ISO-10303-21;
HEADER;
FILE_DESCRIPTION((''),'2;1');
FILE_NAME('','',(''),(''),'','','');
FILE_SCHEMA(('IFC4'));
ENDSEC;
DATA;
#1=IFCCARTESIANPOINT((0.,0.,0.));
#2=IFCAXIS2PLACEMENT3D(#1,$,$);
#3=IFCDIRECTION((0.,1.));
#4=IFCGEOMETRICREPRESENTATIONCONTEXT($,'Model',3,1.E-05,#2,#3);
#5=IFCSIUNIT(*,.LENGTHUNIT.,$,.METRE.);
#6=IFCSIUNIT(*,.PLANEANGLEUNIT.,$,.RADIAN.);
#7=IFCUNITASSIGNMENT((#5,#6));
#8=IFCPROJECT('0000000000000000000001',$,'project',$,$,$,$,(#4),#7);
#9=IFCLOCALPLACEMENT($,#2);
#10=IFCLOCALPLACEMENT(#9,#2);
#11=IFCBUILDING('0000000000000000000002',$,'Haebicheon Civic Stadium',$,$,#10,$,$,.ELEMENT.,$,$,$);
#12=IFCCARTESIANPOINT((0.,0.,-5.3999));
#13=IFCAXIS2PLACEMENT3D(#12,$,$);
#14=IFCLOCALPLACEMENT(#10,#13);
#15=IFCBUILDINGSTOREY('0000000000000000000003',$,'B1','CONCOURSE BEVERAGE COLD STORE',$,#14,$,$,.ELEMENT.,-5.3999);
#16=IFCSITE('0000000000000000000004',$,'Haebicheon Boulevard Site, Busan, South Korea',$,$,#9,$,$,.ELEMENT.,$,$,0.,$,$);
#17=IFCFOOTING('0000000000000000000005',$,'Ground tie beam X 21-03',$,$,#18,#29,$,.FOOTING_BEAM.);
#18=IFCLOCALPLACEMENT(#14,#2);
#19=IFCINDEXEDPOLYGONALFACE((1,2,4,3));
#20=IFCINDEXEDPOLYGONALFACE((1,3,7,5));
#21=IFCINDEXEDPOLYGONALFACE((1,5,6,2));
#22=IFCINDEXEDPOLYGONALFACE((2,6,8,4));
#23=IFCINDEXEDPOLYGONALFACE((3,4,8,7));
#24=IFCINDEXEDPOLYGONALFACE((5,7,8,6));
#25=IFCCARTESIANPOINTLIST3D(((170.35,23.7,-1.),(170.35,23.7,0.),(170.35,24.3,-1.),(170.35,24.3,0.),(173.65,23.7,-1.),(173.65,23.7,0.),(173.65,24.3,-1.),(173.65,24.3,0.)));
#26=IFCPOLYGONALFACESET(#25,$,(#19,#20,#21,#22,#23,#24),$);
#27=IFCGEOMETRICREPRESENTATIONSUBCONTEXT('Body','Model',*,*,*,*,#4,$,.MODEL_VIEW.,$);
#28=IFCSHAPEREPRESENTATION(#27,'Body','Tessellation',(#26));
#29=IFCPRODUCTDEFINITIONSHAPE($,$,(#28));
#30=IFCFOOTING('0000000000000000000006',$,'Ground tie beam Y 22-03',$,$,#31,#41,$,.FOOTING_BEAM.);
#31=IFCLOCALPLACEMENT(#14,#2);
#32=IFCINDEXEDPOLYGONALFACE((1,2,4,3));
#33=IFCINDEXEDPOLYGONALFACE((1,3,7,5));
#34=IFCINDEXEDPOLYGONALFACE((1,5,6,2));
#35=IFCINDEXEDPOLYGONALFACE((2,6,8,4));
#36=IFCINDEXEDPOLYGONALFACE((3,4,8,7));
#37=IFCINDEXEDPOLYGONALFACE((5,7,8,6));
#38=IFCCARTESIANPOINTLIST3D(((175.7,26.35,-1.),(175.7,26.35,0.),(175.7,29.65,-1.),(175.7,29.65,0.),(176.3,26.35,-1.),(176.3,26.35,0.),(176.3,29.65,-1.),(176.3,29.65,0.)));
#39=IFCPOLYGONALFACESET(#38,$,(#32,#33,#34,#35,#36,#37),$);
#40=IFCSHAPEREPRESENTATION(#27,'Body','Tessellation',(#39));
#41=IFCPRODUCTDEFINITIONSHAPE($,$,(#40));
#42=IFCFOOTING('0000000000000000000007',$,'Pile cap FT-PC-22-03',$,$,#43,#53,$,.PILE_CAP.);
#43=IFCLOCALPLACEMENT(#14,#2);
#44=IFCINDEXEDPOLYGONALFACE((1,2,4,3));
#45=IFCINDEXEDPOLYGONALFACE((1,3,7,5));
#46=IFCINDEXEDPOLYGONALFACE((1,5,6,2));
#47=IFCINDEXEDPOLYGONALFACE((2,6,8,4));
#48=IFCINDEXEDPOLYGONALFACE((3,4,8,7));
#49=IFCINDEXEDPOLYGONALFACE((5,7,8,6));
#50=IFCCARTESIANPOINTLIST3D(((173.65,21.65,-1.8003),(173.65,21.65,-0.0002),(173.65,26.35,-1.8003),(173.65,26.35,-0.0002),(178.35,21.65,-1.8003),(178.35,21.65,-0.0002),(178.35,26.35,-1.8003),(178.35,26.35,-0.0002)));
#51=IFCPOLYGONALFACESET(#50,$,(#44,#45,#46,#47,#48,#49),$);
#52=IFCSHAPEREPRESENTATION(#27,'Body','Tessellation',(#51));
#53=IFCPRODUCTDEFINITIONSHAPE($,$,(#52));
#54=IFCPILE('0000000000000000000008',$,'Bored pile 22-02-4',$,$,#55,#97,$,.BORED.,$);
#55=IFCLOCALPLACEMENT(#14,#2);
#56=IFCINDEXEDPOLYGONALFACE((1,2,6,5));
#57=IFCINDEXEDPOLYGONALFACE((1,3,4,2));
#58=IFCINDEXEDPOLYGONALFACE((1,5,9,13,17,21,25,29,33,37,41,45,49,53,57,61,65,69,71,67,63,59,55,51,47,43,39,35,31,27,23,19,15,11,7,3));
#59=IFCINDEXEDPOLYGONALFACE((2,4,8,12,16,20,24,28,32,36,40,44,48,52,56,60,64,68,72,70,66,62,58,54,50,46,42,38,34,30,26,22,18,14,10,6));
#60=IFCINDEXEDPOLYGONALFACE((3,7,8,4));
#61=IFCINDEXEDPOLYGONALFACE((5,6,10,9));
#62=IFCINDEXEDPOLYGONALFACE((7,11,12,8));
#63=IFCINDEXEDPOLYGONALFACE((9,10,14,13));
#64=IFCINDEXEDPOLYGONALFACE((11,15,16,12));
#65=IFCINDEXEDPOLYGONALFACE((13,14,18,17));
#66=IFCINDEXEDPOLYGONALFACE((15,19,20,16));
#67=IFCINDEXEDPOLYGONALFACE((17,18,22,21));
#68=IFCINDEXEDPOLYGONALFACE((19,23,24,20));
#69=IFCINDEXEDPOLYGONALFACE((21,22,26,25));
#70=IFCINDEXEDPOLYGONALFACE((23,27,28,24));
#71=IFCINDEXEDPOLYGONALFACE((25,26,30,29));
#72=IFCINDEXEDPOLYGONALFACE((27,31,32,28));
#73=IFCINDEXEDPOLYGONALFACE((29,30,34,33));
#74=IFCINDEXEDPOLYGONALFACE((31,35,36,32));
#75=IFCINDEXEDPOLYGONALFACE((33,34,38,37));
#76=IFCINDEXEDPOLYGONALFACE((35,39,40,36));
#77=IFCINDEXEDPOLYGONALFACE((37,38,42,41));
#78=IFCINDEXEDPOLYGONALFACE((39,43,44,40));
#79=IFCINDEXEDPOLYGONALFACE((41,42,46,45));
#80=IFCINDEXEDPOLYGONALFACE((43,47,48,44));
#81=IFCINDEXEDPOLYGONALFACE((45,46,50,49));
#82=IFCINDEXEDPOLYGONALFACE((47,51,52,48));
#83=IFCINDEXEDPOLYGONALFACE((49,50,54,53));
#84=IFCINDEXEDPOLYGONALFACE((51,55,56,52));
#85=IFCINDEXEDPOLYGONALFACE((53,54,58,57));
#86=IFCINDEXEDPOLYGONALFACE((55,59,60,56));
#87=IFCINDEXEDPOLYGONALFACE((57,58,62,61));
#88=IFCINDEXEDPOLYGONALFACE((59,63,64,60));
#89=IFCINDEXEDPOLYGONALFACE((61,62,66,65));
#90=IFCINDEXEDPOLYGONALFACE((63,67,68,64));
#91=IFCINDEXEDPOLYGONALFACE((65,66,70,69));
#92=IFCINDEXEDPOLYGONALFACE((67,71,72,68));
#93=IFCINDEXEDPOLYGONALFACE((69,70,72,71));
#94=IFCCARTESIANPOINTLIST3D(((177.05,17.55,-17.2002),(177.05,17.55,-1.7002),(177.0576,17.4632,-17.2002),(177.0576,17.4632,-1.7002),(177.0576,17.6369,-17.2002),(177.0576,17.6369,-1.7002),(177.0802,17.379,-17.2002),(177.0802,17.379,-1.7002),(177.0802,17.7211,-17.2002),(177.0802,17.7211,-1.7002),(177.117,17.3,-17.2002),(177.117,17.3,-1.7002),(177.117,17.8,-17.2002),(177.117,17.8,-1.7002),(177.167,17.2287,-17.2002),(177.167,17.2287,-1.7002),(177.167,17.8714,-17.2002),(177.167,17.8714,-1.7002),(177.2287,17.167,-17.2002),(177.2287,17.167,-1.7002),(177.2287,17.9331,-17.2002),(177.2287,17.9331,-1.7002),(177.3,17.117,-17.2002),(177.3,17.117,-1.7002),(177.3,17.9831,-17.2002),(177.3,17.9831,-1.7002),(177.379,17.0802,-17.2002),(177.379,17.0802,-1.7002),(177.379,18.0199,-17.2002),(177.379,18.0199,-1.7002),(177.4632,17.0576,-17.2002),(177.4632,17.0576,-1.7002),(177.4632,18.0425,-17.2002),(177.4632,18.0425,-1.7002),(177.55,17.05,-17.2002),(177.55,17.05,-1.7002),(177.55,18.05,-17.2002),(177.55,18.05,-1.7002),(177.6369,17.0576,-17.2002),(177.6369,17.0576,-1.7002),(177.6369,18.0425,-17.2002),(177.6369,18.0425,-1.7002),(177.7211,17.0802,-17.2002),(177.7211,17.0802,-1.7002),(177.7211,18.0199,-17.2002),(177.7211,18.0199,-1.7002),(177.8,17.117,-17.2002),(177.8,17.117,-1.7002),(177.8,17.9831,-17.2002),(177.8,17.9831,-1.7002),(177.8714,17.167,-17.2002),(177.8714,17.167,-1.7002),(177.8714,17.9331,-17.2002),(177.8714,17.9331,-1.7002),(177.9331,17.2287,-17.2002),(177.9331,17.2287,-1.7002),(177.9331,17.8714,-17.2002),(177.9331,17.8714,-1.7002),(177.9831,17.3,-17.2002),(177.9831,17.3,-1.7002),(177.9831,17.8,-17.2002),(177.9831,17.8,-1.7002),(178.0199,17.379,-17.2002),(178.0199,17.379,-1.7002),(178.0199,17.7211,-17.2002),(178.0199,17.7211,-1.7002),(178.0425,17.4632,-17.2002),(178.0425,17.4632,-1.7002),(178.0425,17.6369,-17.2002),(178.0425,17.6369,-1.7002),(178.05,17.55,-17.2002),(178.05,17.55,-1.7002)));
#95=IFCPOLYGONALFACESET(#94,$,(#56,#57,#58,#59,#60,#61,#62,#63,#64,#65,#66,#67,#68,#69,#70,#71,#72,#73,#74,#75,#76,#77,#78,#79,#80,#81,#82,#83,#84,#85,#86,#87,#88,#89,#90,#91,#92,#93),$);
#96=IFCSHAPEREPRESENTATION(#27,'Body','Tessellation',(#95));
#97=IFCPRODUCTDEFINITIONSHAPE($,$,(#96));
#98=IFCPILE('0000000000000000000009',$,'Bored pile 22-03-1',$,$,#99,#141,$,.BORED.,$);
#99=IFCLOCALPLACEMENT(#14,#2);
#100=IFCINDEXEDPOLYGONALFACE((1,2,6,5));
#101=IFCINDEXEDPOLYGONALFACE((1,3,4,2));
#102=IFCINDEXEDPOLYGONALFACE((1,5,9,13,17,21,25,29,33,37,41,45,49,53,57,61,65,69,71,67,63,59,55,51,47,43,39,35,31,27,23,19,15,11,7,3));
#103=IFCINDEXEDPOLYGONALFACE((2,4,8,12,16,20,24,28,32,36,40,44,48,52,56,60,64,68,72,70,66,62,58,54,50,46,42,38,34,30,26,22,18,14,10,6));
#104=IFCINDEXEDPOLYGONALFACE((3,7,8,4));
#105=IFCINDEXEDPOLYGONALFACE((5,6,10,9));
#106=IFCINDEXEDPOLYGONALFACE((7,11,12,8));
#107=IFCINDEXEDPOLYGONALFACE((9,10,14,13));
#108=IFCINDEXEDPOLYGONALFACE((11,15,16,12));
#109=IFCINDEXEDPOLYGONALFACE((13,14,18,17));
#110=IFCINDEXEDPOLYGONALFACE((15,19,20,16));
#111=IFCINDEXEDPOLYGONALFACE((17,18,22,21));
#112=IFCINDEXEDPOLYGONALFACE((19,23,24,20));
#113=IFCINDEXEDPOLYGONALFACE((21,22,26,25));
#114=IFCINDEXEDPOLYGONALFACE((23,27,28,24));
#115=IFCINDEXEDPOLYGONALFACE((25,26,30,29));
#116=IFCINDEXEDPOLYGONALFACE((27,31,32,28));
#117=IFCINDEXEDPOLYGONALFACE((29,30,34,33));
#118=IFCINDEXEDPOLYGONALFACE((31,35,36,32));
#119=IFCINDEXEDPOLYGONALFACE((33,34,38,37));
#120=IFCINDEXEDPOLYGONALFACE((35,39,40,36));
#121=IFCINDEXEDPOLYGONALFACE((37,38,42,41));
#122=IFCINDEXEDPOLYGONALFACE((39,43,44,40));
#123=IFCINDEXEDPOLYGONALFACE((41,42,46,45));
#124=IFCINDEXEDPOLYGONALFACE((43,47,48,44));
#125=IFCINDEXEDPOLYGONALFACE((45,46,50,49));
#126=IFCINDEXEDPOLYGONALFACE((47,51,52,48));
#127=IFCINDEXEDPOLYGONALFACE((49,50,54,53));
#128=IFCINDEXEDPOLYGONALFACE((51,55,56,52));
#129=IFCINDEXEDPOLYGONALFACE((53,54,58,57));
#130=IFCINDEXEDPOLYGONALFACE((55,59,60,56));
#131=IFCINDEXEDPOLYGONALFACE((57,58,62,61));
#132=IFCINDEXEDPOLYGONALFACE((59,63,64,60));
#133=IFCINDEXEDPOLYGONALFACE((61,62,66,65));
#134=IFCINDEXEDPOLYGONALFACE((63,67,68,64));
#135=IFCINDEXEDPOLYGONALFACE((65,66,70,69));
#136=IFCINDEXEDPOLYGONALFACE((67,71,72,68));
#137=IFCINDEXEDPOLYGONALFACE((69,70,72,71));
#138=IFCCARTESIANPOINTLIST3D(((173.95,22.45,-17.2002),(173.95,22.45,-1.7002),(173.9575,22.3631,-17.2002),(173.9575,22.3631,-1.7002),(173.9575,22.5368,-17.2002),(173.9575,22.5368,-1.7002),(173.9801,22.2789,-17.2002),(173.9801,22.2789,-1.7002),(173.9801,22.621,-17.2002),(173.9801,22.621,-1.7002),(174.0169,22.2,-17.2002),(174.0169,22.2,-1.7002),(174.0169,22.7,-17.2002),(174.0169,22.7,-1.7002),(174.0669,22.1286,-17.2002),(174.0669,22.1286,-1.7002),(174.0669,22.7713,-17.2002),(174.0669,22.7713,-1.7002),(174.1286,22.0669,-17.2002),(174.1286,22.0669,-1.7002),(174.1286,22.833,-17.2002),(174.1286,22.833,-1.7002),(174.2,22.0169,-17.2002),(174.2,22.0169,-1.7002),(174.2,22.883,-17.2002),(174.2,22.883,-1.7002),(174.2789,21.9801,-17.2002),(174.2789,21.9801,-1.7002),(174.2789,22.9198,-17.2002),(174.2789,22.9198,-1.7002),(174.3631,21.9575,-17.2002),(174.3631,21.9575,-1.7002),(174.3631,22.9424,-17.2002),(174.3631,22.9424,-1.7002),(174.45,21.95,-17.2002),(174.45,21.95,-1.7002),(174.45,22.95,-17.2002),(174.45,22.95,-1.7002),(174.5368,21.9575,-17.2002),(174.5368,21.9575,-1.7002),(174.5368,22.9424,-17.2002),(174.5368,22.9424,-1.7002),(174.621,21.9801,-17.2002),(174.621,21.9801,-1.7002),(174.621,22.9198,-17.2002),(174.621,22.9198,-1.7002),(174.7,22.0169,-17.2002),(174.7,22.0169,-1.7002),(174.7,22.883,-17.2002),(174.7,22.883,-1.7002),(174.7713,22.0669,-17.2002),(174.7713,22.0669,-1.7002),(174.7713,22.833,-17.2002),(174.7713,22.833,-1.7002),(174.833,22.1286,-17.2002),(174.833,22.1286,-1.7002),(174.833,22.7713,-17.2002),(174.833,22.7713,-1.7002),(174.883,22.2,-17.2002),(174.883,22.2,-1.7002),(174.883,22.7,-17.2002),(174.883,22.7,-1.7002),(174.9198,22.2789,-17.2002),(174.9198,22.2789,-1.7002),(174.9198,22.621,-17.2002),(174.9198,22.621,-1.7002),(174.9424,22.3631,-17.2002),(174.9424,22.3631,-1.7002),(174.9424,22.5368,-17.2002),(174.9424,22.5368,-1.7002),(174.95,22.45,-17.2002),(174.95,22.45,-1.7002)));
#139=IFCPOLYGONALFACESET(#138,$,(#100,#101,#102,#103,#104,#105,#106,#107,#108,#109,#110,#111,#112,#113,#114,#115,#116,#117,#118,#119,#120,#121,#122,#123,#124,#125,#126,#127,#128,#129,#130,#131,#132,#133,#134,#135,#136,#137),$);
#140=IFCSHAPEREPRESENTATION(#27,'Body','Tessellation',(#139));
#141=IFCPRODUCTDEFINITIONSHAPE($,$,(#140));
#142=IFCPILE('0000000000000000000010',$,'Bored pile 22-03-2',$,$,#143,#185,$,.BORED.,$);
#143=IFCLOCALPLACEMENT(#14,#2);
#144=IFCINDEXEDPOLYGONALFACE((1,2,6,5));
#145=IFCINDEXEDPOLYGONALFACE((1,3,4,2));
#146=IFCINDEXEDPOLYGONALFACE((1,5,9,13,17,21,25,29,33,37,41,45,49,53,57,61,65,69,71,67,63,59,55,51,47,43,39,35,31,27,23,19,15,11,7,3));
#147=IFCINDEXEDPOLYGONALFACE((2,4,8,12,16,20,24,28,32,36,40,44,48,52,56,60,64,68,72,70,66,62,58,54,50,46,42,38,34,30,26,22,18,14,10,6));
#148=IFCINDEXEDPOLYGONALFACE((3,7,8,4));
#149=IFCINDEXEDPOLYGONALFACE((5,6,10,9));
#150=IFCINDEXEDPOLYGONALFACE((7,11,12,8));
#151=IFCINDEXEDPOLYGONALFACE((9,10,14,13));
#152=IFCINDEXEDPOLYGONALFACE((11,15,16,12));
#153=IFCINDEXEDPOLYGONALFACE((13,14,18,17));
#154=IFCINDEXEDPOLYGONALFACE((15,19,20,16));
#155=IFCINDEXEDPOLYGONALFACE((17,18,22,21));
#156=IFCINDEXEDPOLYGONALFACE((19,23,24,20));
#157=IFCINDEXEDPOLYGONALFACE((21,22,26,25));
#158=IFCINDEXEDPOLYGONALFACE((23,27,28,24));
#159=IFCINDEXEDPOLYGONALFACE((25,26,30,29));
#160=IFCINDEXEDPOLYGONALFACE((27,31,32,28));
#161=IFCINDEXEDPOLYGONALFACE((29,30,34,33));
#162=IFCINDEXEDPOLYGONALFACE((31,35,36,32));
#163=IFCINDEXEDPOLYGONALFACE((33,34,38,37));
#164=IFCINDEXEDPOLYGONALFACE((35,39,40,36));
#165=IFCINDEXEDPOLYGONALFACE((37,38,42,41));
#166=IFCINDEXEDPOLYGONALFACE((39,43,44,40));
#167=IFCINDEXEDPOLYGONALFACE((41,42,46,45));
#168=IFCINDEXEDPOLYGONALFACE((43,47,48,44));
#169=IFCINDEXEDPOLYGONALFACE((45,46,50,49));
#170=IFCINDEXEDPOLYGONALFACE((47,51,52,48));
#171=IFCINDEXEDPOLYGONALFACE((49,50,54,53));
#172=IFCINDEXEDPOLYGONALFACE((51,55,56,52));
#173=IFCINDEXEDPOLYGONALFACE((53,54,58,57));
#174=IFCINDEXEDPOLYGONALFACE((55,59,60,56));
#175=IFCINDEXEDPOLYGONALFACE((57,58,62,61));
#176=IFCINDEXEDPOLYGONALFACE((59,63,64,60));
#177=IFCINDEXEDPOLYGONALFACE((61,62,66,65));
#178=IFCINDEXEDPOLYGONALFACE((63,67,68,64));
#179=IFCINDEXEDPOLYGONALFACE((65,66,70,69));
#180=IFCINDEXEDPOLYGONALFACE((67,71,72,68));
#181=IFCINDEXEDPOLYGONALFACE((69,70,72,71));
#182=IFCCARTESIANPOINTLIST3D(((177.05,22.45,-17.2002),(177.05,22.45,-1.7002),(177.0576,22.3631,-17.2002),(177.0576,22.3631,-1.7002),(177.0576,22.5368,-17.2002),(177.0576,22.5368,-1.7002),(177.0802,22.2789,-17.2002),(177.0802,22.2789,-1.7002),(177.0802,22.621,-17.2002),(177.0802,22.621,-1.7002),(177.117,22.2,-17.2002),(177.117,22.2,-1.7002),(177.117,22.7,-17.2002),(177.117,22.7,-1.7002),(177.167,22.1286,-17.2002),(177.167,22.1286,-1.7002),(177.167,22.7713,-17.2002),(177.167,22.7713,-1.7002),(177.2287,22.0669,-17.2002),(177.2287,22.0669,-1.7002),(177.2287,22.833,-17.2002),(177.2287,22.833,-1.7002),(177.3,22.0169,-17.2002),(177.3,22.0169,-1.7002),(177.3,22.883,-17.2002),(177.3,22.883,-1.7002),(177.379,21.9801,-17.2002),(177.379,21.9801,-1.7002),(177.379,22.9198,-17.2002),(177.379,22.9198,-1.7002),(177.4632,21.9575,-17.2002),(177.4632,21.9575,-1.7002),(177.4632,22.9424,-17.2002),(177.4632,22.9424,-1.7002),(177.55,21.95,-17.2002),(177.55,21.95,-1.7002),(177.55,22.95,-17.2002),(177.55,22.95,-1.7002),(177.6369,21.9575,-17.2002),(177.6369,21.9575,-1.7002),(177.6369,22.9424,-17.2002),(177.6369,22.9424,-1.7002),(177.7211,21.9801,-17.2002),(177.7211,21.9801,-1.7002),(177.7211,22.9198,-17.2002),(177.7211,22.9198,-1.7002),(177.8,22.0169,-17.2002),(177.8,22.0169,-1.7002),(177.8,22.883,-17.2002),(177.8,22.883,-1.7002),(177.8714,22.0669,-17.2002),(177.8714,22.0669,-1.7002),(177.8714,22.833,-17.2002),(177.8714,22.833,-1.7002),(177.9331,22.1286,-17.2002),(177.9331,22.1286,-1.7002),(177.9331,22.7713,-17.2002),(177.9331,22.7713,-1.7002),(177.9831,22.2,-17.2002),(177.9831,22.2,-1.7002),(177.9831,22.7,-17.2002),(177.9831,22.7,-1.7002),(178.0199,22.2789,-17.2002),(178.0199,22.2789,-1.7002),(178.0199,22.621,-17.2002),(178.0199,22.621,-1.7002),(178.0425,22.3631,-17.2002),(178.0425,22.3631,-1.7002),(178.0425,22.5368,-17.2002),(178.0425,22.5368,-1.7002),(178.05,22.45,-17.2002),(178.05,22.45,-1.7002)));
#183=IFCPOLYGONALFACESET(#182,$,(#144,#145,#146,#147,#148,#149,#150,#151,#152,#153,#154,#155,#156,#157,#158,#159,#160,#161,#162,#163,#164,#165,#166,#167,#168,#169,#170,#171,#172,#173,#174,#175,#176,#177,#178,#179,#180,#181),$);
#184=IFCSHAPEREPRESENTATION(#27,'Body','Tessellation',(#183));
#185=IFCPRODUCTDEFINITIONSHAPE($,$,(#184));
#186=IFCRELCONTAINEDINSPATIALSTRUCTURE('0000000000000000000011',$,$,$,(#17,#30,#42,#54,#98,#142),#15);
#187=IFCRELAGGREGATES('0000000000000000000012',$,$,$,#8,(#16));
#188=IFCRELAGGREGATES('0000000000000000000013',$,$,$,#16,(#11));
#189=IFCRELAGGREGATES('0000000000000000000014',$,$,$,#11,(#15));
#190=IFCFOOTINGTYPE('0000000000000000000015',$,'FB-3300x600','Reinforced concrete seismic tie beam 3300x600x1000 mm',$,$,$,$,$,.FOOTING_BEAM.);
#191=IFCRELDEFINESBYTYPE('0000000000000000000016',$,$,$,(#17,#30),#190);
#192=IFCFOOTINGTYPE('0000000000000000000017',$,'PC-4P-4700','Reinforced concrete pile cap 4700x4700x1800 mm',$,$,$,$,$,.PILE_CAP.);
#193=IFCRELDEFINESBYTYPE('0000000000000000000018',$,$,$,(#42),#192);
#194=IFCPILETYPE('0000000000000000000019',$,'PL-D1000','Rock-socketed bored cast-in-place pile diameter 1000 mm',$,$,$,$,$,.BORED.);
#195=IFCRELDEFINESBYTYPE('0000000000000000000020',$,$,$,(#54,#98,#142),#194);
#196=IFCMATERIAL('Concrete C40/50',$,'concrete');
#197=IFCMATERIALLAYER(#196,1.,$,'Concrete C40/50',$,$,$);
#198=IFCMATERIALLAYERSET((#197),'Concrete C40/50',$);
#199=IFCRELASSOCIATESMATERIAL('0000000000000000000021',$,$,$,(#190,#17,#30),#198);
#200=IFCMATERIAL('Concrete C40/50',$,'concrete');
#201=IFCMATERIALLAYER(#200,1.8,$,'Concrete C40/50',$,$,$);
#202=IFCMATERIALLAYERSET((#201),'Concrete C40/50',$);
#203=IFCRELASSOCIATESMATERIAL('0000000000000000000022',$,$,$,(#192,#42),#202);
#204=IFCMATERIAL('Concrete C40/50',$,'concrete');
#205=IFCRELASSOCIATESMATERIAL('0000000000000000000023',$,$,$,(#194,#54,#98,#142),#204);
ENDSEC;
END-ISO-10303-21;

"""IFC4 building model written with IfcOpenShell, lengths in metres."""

from ifc_helpers import new_model, si_unit, direction, frame, origin, origin_2d, place, context, subcontext, project, spatial, rectangle, circle, extrude, material, layer, layer_set, material_profile, profile_set, type_object, element, save


model = new_model("IFC4")

# Units and contexts
model_context = context("Model", 3, precision=1e-05, world=origin(), true_north=direction((0.0, 1.0)))
body_context = subcontext(model_context, "Body", "Model", "MODEL_VIEW")
ifc_project = project(units=[si_unit("LENGTHUNIT", "METRE"), si_unit("PLANEANGLEUNIT", "RADIAN")], contexts=[model_context])

# Site, building, storey
site_placement = place(None, origin())
site = spatial("IfcSite", under=ifc_project, at=site_placement, Name="Haebicheon Boulevard Site, Busan, South Korea", CompositionType="ELEMENT", RefElevation=0.0)
building_placement = place(site_placement, origin())
building = spatial("IfcBuilding", under=site, at=building_placement, Name="Haebicheon Civic Stadium", CompositionType="ELEMENT")
storey_placement = place(building_placement, frame((0.0, 0.0, -5.3999)))
storey = spatial("IfcBuildingStorey", under=building, at=storey_placement, Name="B1", Description="CONCOURSE BEVERAGE COLD STORE", CompositionType="ELEMENT", Elevation=-5.3999)

# Footings
ifc_material_1 = material(Name="Concrete C40/50", Category="concrete")
ifc_layer_1 = layer(ifc_material_1, 1.0, Name="Concrete C40/50")
ifc_layer_set_1 = layer_set([ifc_layer_1], Name="Concrete C40/50")
footing_type_1 = type_object("IfcFootingType", Name="FB-3300x600", Description="Reinforced concrete seismic tie beam 3300x600x1000 mm", PredefinedType="FOOTING_BEAM", material=ifc_layer_set_1)
for number, where, z_axis, x_axis, name in (
    (1, (172.0, 24.0, -1.0), (0.0, 0.0, 1.0), (1.0, 0.0, 0.0), "Ground tie beam X 21-03"),
    (2, (176.0, 28.0, -1.0), (0.0, 0.0, 1.0), (0.0, 1.0, 0.0), "Ground tie beam Y 22-03"),
):
    element("IfcFooting", number, at=place(storey_placement, frame(where, z_axis=z_axis, x_axis=x_axis)), inside=storey, type_object=footing_type_1, material=ifc_layer_set_1, Name=name, PredefinedType="FOOTING_BEAM", context=body_context, shape_type="SweptSolid", body=[
        extrude(rectangle(XDim=3.3, YDim=0.6001, at=origin_2d()), origin(), (0.0, 0.0, 1.0), 1.0),
    ])
ifc_material_2 = material(Name="Concrete C40/50", Category="concrete")
ifc_layer_2 = layer(ifc_material_2, 1.8, Name="Concrete C40/50")
ifc_layer_set_2 = layer_set([ifc_layer_2], Name="Concrete C40/50")
footing_type_2 = type_object("IfcFootingType", Name="PC-4P-4700", Description="Reinforced concrete pile cap 4700x4700x1800 mm", PredefinedType="PILE_CAP", material=ifc_layer_set_2)
footing_placement = place(storey_placement, frame((176.0, 24.0, -1.8003), z_axis=(0.0, 0.0, 1.0), x_axis=(1.0, 0.0, 0.0)))
element("IfcFooting", 3, at=footing_placement, inside=storey, type_object=footing_type_2, material=ifc_layer_set_2, Name="Pile cap FT-PC-22-03", PredefinedType="PILE_CAP", context=body_context, shape_type="SweptSolid", body=[
    extrude(rectangle(XDim=4.7, YDim=4.7, at=origin_2d()), origin(), (0.0, 0.0, 1.0), 1.8),
])

# Piles
ifc_material_3 = material(Name="Concrete C40/50", Category="concrete")
ifc_material_profile_1 = material_profile(ifc_material_3, circle(Radius=0.5, at=origin_2d()), Name="PILE-D1000")
ifc_profile_set_1 = profile_set([ifc_material_profile_1], Name="Concrete C40/50")
pile_type = type_object("IfcPileType", Name="PL-D1000", Description="Rock-socketed bored cast-in-place pile diameter 1000 mm", PredefinedType="BORED", material=ifc_profile_set_1)
for number, where, z_axis, x_axis, name in (
    (4, (177.55, 17.55, -1.7002), (0.0, 0.0, -1.0), (1.0, 0.0, 0.0), "Bored pile 22-02-4"),
    (5, (174.45, 22.45, -1.7002), (0.0, 0.0, -1.0), (1.0, 0.0, 0.0), "Bored pile 22-03-1"),
    (6, (177.55, 22.45, -1.7002), (0.0, 0.0, -1.0), (1.0, 0.0, 0.0), "Bored pile 22-03-2"),
):
    element("IfcPile", number, at=place(storey_placement, frame(where, z_axis=z_axis, x_axis=x_axis)), inside=storey, type_object=pile_type, material=ifc_profile_set_1, Name=name, PredefinedType="BORED", context=body_context, shape_type="SweptSolid", body=[
        extrude(circle(Radius=0.5, at=origin_2d()), origin(), (0.0, 0.0, 1.0), 15.5),
    ])

save(model, "model.ifc")
